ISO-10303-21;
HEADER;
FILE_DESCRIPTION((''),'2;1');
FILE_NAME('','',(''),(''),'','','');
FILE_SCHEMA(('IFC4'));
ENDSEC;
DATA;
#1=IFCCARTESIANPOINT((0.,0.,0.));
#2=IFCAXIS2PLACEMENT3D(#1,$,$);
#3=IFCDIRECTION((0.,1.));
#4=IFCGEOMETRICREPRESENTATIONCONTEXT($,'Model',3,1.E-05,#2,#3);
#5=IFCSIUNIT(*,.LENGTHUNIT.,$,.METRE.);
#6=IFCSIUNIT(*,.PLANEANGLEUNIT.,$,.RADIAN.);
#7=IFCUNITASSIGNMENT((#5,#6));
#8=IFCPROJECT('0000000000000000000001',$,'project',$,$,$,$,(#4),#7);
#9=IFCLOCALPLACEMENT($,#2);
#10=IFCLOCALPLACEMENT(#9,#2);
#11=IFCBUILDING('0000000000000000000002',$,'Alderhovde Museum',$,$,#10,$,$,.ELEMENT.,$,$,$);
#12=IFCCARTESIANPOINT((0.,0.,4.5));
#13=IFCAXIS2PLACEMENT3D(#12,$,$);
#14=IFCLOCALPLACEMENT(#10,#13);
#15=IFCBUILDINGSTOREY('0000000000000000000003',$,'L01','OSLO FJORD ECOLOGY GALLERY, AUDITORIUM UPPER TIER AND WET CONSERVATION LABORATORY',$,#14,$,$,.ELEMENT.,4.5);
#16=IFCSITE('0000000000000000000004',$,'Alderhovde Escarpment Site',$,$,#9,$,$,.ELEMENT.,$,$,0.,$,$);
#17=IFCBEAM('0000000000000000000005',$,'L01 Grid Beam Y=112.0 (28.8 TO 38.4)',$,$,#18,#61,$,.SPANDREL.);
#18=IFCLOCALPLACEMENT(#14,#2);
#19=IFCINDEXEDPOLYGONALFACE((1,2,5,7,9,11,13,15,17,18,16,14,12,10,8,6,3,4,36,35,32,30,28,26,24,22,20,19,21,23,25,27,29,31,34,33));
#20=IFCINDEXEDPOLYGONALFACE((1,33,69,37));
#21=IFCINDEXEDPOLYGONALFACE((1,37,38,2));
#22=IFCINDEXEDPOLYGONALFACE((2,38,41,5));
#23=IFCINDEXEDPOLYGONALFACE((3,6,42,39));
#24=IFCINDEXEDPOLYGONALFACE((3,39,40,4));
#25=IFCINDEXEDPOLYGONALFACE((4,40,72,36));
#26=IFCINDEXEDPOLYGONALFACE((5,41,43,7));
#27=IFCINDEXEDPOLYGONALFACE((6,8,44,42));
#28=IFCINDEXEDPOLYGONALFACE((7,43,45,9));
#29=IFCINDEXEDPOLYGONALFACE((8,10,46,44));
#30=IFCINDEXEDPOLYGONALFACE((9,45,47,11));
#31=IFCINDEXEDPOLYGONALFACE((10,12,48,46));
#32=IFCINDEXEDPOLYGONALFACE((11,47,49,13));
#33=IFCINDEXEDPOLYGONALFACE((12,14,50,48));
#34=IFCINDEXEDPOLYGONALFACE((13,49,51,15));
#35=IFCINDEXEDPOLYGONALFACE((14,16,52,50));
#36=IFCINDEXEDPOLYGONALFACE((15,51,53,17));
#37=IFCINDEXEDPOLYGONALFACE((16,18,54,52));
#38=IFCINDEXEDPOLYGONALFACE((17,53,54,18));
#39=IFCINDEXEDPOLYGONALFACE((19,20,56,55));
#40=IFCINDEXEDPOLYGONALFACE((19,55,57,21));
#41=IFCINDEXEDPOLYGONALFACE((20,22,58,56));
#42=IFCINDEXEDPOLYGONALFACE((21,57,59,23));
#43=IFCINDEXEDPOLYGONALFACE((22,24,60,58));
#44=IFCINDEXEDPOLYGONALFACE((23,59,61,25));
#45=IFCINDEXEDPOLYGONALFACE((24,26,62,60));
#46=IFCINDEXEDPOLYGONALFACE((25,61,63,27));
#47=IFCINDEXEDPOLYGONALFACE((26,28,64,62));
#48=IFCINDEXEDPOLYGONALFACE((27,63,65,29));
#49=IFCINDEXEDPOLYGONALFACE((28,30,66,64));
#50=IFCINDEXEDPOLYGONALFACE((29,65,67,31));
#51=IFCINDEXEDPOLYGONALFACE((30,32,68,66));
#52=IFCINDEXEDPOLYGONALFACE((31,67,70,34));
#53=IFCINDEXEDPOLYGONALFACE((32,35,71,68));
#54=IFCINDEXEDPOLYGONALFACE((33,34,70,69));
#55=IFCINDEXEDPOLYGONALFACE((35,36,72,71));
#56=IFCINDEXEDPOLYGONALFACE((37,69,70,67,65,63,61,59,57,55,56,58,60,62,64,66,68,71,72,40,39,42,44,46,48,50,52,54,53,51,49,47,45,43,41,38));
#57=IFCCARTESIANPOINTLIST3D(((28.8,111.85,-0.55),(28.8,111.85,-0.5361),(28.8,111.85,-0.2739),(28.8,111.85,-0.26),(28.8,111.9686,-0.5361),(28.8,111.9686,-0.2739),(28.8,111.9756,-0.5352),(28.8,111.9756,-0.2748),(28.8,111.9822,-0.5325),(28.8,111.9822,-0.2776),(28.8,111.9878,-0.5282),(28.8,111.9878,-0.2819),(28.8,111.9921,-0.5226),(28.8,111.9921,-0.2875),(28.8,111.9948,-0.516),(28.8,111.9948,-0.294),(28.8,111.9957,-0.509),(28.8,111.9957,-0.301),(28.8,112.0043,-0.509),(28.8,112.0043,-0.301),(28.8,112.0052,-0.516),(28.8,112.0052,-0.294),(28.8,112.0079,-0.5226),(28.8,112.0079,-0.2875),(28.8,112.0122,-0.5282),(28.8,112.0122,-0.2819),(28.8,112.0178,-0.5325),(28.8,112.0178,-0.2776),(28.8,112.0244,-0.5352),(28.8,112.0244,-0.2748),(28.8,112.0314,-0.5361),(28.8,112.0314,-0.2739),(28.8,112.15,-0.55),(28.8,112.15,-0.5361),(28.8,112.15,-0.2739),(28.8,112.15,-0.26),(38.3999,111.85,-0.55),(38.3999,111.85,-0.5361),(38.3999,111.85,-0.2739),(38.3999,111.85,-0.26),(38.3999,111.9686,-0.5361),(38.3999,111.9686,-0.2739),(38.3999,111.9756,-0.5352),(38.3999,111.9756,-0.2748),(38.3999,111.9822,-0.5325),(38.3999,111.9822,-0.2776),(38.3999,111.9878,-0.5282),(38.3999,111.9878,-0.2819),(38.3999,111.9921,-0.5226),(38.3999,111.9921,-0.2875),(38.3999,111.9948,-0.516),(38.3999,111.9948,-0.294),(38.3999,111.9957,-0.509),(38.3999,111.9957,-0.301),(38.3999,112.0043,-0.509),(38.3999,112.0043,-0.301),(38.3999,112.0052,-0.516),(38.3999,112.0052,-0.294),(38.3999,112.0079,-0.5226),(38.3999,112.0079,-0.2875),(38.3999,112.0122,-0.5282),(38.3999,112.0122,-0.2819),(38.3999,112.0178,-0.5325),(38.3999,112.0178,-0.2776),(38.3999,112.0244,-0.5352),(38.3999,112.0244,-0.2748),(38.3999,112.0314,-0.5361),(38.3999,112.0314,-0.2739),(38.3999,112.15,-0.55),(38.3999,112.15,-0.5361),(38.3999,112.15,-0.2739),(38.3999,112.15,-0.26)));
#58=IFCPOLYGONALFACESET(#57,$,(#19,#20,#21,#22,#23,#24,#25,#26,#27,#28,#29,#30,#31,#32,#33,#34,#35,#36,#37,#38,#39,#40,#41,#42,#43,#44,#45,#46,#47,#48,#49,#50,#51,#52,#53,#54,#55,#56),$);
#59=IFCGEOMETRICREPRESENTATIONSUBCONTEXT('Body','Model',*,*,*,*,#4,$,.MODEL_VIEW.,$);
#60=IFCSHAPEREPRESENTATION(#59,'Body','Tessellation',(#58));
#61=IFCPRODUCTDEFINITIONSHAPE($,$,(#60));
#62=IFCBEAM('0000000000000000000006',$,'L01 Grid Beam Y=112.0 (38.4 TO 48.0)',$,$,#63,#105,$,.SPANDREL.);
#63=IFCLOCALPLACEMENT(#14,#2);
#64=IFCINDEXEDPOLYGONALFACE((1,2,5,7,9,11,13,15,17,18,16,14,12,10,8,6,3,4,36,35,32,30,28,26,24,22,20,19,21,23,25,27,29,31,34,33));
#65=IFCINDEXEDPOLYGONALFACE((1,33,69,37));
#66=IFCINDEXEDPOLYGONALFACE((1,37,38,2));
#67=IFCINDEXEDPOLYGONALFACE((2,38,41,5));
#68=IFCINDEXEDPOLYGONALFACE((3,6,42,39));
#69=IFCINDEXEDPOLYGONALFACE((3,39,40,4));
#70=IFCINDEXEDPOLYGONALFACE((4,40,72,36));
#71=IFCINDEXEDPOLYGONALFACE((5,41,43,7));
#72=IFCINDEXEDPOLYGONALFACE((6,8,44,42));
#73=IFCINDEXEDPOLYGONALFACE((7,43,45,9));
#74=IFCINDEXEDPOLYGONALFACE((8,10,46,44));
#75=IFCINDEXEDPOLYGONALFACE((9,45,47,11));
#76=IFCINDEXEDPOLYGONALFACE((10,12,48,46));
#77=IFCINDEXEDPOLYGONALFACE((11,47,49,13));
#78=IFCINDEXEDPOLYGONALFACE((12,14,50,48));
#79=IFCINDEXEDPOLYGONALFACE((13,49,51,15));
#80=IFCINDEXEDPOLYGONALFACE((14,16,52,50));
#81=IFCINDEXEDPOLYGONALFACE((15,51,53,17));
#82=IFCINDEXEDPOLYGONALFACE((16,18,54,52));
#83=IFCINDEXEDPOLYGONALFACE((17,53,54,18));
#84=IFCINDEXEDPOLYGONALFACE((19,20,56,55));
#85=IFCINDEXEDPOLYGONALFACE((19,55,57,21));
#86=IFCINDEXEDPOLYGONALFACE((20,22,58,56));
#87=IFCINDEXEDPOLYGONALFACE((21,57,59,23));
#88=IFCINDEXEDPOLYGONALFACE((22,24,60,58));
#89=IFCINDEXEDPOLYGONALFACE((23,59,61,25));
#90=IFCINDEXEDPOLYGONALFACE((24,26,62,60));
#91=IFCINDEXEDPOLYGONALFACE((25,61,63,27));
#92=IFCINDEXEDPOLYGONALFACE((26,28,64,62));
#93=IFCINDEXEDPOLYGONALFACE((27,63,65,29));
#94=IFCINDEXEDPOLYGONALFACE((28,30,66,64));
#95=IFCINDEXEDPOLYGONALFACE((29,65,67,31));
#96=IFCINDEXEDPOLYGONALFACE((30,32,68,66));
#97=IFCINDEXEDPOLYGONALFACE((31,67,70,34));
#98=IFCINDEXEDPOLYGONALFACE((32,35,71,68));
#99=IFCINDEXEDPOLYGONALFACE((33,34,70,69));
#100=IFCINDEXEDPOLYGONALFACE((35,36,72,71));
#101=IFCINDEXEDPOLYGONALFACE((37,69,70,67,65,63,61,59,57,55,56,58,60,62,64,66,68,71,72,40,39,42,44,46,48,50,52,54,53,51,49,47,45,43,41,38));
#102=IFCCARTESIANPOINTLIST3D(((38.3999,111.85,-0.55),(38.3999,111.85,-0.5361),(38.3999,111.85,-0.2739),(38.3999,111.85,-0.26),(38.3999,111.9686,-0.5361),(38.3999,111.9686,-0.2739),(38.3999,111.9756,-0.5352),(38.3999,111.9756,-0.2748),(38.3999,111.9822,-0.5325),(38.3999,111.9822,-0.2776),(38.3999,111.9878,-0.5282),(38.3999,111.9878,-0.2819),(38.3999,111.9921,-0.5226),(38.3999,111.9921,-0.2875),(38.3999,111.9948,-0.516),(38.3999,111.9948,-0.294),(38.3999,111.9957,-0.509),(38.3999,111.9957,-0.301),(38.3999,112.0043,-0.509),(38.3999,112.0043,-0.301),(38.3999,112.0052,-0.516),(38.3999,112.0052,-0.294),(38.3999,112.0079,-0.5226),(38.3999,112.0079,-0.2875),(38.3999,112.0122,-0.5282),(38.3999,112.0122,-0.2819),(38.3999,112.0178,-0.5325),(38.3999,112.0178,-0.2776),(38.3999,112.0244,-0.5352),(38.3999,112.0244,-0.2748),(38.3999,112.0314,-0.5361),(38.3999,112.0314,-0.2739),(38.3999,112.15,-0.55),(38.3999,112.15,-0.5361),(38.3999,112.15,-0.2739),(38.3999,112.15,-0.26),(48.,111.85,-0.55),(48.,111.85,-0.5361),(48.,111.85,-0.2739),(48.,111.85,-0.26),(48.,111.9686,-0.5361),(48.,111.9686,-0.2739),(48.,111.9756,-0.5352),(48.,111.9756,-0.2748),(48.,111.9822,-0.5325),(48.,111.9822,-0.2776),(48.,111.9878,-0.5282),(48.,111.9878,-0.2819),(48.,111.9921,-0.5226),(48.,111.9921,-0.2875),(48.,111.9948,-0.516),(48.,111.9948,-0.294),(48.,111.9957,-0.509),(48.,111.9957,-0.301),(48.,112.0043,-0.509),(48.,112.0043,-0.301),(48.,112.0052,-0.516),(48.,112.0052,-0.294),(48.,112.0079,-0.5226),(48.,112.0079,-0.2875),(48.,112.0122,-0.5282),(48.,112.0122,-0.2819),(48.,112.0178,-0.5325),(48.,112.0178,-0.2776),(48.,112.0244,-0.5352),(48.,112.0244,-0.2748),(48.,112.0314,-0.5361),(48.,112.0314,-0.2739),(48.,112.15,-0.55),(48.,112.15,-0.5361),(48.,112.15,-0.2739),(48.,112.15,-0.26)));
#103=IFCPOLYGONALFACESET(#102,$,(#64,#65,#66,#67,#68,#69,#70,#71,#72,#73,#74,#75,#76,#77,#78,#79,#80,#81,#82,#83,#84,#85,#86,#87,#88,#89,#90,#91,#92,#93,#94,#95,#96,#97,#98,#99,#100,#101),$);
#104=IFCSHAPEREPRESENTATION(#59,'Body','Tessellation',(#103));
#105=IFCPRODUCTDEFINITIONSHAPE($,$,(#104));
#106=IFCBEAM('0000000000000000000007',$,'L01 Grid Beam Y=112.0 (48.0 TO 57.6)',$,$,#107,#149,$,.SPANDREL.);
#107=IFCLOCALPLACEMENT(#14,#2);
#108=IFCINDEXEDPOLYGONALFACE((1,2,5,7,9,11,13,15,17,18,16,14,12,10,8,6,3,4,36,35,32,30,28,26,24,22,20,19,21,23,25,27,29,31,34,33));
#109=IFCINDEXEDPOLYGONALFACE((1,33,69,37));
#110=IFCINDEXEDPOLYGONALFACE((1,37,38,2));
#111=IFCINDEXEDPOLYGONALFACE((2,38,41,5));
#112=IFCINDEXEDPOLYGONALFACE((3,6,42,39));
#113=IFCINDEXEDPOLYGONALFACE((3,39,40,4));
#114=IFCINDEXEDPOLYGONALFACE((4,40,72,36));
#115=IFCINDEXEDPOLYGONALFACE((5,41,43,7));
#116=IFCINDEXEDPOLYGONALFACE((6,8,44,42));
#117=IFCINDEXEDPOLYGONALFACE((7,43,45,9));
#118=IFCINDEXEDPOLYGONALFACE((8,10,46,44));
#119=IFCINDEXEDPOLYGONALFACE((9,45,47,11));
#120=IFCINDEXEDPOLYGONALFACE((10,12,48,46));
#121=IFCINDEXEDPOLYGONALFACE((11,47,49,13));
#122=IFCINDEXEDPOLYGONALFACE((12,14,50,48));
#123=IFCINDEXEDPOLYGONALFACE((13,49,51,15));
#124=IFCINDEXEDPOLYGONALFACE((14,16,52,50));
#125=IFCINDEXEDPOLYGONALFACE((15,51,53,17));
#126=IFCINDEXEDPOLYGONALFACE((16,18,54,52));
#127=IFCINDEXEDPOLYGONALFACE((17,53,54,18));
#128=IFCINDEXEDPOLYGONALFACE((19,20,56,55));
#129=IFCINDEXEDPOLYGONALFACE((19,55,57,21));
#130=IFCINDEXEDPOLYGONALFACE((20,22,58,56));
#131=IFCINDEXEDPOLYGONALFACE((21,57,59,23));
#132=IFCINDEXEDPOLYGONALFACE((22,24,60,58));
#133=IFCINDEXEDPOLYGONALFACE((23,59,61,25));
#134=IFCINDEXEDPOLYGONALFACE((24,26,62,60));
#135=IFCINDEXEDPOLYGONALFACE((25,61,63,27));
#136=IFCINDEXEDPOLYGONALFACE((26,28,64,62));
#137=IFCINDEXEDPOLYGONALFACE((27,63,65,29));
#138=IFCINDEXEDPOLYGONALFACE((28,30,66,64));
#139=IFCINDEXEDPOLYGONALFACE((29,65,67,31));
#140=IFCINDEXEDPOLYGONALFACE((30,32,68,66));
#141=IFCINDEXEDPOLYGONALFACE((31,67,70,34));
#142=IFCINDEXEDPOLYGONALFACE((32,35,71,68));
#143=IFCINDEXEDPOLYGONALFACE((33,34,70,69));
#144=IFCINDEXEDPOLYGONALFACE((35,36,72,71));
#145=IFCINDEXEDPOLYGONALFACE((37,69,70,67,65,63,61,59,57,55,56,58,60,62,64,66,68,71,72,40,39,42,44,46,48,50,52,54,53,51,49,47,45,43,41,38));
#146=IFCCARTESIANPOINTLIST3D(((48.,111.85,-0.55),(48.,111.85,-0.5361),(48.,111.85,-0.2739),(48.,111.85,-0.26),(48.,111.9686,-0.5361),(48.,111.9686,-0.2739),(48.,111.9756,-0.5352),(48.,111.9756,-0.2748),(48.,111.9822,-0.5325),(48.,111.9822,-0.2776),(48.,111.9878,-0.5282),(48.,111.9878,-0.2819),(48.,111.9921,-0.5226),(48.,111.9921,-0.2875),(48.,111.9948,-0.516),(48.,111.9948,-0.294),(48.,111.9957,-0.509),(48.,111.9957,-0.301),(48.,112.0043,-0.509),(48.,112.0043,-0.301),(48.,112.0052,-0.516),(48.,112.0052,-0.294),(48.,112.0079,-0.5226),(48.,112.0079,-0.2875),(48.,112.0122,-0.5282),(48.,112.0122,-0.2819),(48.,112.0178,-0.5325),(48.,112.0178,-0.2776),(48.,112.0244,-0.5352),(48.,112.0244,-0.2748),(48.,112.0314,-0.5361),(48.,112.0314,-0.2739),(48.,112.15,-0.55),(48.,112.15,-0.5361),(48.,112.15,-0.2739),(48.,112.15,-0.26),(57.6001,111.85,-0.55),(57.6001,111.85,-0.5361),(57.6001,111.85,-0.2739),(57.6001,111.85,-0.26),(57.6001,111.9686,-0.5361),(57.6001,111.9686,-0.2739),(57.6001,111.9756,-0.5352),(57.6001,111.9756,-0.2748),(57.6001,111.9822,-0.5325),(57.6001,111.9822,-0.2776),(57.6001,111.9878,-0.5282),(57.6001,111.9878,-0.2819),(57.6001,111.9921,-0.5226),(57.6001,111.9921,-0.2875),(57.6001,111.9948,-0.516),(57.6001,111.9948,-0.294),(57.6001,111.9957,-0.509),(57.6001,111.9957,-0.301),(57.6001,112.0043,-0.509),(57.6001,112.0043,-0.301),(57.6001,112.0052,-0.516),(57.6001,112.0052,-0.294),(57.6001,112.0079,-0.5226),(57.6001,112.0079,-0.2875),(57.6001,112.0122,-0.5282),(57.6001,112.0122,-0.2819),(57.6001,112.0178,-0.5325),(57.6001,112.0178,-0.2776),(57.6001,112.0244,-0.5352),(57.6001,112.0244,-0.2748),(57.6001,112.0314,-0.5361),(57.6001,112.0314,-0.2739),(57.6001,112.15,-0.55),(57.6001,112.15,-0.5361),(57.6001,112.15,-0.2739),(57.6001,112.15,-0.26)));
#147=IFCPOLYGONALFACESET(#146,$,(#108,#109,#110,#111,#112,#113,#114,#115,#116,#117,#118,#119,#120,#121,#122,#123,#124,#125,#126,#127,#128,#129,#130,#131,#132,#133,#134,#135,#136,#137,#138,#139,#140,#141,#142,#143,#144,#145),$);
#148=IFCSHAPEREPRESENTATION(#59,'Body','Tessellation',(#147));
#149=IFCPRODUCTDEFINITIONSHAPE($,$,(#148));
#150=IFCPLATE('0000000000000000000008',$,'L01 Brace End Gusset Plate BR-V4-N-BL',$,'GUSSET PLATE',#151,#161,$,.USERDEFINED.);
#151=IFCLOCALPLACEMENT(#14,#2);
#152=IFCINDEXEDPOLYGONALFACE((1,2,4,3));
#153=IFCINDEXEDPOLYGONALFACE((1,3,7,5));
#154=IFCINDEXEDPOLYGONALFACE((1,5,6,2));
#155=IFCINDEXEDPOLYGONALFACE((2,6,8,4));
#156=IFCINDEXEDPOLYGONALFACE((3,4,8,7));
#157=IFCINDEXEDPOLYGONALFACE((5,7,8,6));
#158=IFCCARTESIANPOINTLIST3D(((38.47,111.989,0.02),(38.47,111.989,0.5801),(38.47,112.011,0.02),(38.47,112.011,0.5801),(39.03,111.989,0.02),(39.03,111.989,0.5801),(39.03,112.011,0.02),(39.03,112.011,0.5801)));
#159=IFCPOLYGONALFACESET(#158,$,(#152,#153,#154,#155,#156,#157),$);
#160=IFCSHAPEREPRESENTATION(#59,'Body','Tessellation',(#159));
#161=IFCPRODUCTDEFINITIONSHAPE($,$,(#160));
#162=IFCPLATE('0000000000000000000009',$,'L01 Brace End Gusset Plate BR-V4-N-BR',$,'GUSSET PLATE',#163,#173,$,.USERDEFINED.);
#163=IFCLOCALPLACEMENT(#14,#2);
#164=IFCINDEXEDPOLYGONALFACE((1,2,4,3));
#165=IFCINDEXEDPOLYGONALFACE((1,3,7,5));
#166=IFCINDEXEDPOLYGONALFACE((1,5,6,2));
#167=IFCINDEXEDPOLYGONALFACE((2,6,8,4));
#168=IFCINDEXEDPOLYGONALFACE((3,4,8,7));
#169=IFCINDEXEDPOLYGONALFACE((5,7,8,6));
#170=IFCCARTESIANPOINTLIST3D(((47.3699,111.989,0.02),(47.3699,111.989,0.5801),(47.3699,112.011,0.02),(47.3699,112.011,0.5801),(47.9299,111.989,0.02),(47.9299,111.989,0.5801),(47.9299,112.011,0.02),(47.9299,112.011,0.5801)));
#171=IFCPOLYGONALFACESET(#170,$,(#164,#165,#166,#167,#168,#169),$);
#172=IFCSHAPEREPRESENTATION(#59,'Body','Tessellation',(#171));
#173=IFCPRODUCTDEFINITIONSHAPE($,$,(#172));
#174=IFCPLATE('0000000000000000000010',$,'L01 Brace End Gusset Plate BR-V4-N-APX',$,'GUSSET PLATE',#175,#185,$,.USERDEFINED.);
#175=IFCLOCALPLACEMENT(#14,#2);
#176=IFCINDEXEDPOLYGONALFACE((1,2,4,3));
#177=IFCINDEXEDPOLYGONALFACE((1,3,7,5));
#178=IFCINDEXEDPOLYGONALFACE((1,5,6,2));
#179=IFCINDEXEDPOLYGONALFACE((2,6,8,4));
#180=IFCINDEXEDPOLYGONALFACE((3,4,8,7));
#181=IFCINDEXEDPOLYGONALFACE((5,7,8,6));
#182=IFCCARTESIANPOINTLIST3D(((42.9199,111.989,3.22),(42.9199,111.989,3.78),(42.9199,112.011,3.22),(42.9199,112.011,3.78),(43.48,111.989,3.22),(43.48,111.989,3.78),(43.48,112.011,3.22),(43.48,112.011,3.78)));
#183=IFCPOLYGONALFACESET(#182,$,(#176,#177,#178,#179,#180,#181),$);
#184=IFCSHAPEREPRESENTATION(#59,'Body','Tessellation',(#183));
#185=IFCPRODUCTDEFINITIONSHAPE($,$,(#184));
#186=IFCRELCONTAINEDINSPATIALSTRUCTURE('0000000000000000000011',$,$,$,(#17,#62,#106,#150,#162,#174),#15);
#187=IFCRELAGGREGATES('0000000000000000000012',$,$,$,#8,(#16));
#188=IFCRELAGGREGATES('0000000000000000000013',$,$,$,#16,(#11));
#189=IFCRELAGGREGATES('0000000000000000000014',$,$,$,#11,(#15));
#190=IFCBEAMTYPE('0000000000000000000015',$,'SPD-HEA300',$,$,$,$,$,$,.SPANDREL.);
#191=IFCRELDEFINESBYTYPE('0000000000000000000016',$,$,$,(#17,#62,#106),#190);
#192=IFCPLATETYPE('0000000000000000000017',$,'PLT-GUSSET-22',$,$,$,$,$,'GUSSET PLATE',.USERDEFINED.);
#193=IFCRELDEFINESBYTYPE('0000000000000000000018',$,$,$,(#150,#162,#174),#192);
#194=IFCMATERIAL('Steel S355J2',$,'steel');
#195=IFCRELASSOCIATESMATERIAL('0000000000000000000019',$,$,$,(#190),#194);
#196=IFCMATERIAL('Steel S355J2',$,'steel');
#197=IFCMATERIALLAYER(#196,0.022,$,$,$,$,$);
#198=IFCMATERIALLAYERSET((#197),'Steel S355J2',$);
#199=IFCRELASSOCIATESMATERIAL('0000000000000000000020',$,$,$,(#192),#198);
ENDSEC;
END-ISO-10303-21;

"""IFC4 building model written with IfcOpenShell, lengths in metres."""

from ifc_helpers import new_model, si_unit, direction, frame, origin, origin_2d, place, context, subcontext, project, spatial, rectangle, i_section, extrude, material, layer, layer_set, material_profile, profile_set, type_object, element, save


model = new_model("IFC4")

# Units and contexts
model_context = context("Model", 3, precision=1e-05, world=origin(), true_north=direction((0.0, 1.0)))
body_context = subcontext(model_context, "Body", "Model", "MODEL_VIEW")
ifc_project = project(units=[si_unit("LENGTHUNIT", "METRE"), si_unit("PLANEANGLEUNIT", "RADIAN")], contexts=[model_context])

# Site, building, storey
site_placement = place(None, origin())
site = spatial("IfcSite", under=ifc_project, at=site_placement, Name="Alderhovde Escarpment Site", CompositionType="ELEMENT", RefElevation=0.0)
building_placement = place(site_placement, origin())
building = spatial("IfcBuilding", under=site, at=building_placement, Name="Alderhovde Museum", CompositionType="ELEMENT")
storey_placement = place(building_placement, frame((0.0, 0.0, 4.5)))
storey = spatial("IfcBuildingStorey", under=building, at=storey_placement, Name="L01", Description="OSLO FJORD ECOLOGY GALLERY, AUDITORIUM UPPER TIER AND WET CONSERVATION LABORATORY", CompositionType="ELEMENT", Elevation=4.5)

# Beams
ifc_material_1 = material(Name="Steel S355J2", Category="steel")
ifc_material_profile_1 = material_profile(ifc_material_1, i_section(OverallWidth=0.3, OverallDepth=0.29, WebThickness=0.0085, FlangeThickness=0.0139, FilletRadius=0.0271, at=origin_2d()), Name="HEA 300")
ifc_profile_set_1 = profile_set([ifc_material_profile_1], Name="Steel S355J2")
beam_type_1 = type_object("IfcBeamType", Name="SPD-HEA300", PredefinedType="SPANDREL", material=ifc_profile_set_1)
beam_1_placement = place(storey_placement, frame((28.8, 112.0, -0.405), z_axis=(1.0, 0.0, 0.0), x_axis=(0.0, 1.0, 0.0)))
element("IfcBeam", 1, at=beam_1_placement, inside=storey, type_object=beam_type_1, Name="L01 Grid Beam Y=112.0 (28.8 TO 38.4)", PredefinedType="SPANDREL", context=body_context, shape_type="SweptSolid", body=[
    extrude(i_section(OverallWidth=0.3, OverallDepth=0.29, WebThickness=0.0085, FlangeThickness=0.0139, FilletRadius=0.0271, at=origin_2d()), origin(), (0.0, 0.0, 1.0), 9.5999),
])
for number, where, z_axis, x_axis, name in (
    (2, (38.3999, 112.0, -0.405), (1.0, 0.0, 0.0), (0.0, 1.0, 0.0), "L01 Grid Beam Y=112.0 (38.4 TO 48.0)"),
    (3, (48.0, 112.0, -0.405), (1.0, 0.0, 0.0), (0.0, 1.0, 0.0), "L01 Grid Beam Y=112.0 (48.0 TO 57.6)"),
):
    element("IfcBeam", number, at=place(storey_placement, frame(where, z_axis=z_axis, x_axis=x_axis)), inside=storey, type_object=beam_type_1, Name=name, PredefinedType="SPANDREL", context=body_context, shape_type="SweptSolid", body=[
        extrude(i_section(OverallWidth=0.3, OverallDepth=0.29, WebThickness=0.0085, FlangeThickness=0.0139, FilletRadius=0.0271, at=origin_2d()), origin(), (0.0, 0.0, 1.0), 9.6001),
    ])

# Plates
ifc_material_2 = material(Name="Steel S355J2", Category="steel")
ifc_layer_1 = layer(ifc_material_2, 0.022)
ifc_layer_set_1 = layer_set([ifc_layer_1], Name="Steel S355J2")
plate_type = type_object("IfcPlateType", Name="PLT-GUSSET-22", ElementType="GUSSET PLATE", PredefinedType="USERDEFINED", material=ifc_layer_set_1)
for number, where, z_axis, x_axis, name in (
    (4, (38.75, 112.0, 0.02), (0.0, 0.0, 1.0), (1.0, 0.0, 0.0), "L01 Brace End Gusset Plate BR-V4-N-BL"),
    (5, (47.6499, 112.0, 0.02), (0.0, 0.0, 1.0), (1.0, 0.0, 0.0), "L01 Brace End Gusset Plate BR-V4-N-BR"),
    (6, (43.2, 112.0, 3.22), (0.0, 0.0, 1.0), (1.0, 0.0, 0.0), "L01 Brace End Gusset Plate BR-V4-N-APX"),
):
    element("IfcPlate", number, at=place(storey_placement, frame(where, z_axis=z_axis, x_axis=x_axis)), inside=storey, type_object=plate_type, Name=name, ObjectType="GUSSET PLATE", PredefinedType="USERDEFINED", context=body_context, shape_type="SweptSolid", body=[
        extrude(rectangle(XDim=0.5601, YDim=0.022, at=origin_2d()), origin(), (0.0, 0.0, 1.0), 0.5601),
    ])

save(model, "model.ifc")
